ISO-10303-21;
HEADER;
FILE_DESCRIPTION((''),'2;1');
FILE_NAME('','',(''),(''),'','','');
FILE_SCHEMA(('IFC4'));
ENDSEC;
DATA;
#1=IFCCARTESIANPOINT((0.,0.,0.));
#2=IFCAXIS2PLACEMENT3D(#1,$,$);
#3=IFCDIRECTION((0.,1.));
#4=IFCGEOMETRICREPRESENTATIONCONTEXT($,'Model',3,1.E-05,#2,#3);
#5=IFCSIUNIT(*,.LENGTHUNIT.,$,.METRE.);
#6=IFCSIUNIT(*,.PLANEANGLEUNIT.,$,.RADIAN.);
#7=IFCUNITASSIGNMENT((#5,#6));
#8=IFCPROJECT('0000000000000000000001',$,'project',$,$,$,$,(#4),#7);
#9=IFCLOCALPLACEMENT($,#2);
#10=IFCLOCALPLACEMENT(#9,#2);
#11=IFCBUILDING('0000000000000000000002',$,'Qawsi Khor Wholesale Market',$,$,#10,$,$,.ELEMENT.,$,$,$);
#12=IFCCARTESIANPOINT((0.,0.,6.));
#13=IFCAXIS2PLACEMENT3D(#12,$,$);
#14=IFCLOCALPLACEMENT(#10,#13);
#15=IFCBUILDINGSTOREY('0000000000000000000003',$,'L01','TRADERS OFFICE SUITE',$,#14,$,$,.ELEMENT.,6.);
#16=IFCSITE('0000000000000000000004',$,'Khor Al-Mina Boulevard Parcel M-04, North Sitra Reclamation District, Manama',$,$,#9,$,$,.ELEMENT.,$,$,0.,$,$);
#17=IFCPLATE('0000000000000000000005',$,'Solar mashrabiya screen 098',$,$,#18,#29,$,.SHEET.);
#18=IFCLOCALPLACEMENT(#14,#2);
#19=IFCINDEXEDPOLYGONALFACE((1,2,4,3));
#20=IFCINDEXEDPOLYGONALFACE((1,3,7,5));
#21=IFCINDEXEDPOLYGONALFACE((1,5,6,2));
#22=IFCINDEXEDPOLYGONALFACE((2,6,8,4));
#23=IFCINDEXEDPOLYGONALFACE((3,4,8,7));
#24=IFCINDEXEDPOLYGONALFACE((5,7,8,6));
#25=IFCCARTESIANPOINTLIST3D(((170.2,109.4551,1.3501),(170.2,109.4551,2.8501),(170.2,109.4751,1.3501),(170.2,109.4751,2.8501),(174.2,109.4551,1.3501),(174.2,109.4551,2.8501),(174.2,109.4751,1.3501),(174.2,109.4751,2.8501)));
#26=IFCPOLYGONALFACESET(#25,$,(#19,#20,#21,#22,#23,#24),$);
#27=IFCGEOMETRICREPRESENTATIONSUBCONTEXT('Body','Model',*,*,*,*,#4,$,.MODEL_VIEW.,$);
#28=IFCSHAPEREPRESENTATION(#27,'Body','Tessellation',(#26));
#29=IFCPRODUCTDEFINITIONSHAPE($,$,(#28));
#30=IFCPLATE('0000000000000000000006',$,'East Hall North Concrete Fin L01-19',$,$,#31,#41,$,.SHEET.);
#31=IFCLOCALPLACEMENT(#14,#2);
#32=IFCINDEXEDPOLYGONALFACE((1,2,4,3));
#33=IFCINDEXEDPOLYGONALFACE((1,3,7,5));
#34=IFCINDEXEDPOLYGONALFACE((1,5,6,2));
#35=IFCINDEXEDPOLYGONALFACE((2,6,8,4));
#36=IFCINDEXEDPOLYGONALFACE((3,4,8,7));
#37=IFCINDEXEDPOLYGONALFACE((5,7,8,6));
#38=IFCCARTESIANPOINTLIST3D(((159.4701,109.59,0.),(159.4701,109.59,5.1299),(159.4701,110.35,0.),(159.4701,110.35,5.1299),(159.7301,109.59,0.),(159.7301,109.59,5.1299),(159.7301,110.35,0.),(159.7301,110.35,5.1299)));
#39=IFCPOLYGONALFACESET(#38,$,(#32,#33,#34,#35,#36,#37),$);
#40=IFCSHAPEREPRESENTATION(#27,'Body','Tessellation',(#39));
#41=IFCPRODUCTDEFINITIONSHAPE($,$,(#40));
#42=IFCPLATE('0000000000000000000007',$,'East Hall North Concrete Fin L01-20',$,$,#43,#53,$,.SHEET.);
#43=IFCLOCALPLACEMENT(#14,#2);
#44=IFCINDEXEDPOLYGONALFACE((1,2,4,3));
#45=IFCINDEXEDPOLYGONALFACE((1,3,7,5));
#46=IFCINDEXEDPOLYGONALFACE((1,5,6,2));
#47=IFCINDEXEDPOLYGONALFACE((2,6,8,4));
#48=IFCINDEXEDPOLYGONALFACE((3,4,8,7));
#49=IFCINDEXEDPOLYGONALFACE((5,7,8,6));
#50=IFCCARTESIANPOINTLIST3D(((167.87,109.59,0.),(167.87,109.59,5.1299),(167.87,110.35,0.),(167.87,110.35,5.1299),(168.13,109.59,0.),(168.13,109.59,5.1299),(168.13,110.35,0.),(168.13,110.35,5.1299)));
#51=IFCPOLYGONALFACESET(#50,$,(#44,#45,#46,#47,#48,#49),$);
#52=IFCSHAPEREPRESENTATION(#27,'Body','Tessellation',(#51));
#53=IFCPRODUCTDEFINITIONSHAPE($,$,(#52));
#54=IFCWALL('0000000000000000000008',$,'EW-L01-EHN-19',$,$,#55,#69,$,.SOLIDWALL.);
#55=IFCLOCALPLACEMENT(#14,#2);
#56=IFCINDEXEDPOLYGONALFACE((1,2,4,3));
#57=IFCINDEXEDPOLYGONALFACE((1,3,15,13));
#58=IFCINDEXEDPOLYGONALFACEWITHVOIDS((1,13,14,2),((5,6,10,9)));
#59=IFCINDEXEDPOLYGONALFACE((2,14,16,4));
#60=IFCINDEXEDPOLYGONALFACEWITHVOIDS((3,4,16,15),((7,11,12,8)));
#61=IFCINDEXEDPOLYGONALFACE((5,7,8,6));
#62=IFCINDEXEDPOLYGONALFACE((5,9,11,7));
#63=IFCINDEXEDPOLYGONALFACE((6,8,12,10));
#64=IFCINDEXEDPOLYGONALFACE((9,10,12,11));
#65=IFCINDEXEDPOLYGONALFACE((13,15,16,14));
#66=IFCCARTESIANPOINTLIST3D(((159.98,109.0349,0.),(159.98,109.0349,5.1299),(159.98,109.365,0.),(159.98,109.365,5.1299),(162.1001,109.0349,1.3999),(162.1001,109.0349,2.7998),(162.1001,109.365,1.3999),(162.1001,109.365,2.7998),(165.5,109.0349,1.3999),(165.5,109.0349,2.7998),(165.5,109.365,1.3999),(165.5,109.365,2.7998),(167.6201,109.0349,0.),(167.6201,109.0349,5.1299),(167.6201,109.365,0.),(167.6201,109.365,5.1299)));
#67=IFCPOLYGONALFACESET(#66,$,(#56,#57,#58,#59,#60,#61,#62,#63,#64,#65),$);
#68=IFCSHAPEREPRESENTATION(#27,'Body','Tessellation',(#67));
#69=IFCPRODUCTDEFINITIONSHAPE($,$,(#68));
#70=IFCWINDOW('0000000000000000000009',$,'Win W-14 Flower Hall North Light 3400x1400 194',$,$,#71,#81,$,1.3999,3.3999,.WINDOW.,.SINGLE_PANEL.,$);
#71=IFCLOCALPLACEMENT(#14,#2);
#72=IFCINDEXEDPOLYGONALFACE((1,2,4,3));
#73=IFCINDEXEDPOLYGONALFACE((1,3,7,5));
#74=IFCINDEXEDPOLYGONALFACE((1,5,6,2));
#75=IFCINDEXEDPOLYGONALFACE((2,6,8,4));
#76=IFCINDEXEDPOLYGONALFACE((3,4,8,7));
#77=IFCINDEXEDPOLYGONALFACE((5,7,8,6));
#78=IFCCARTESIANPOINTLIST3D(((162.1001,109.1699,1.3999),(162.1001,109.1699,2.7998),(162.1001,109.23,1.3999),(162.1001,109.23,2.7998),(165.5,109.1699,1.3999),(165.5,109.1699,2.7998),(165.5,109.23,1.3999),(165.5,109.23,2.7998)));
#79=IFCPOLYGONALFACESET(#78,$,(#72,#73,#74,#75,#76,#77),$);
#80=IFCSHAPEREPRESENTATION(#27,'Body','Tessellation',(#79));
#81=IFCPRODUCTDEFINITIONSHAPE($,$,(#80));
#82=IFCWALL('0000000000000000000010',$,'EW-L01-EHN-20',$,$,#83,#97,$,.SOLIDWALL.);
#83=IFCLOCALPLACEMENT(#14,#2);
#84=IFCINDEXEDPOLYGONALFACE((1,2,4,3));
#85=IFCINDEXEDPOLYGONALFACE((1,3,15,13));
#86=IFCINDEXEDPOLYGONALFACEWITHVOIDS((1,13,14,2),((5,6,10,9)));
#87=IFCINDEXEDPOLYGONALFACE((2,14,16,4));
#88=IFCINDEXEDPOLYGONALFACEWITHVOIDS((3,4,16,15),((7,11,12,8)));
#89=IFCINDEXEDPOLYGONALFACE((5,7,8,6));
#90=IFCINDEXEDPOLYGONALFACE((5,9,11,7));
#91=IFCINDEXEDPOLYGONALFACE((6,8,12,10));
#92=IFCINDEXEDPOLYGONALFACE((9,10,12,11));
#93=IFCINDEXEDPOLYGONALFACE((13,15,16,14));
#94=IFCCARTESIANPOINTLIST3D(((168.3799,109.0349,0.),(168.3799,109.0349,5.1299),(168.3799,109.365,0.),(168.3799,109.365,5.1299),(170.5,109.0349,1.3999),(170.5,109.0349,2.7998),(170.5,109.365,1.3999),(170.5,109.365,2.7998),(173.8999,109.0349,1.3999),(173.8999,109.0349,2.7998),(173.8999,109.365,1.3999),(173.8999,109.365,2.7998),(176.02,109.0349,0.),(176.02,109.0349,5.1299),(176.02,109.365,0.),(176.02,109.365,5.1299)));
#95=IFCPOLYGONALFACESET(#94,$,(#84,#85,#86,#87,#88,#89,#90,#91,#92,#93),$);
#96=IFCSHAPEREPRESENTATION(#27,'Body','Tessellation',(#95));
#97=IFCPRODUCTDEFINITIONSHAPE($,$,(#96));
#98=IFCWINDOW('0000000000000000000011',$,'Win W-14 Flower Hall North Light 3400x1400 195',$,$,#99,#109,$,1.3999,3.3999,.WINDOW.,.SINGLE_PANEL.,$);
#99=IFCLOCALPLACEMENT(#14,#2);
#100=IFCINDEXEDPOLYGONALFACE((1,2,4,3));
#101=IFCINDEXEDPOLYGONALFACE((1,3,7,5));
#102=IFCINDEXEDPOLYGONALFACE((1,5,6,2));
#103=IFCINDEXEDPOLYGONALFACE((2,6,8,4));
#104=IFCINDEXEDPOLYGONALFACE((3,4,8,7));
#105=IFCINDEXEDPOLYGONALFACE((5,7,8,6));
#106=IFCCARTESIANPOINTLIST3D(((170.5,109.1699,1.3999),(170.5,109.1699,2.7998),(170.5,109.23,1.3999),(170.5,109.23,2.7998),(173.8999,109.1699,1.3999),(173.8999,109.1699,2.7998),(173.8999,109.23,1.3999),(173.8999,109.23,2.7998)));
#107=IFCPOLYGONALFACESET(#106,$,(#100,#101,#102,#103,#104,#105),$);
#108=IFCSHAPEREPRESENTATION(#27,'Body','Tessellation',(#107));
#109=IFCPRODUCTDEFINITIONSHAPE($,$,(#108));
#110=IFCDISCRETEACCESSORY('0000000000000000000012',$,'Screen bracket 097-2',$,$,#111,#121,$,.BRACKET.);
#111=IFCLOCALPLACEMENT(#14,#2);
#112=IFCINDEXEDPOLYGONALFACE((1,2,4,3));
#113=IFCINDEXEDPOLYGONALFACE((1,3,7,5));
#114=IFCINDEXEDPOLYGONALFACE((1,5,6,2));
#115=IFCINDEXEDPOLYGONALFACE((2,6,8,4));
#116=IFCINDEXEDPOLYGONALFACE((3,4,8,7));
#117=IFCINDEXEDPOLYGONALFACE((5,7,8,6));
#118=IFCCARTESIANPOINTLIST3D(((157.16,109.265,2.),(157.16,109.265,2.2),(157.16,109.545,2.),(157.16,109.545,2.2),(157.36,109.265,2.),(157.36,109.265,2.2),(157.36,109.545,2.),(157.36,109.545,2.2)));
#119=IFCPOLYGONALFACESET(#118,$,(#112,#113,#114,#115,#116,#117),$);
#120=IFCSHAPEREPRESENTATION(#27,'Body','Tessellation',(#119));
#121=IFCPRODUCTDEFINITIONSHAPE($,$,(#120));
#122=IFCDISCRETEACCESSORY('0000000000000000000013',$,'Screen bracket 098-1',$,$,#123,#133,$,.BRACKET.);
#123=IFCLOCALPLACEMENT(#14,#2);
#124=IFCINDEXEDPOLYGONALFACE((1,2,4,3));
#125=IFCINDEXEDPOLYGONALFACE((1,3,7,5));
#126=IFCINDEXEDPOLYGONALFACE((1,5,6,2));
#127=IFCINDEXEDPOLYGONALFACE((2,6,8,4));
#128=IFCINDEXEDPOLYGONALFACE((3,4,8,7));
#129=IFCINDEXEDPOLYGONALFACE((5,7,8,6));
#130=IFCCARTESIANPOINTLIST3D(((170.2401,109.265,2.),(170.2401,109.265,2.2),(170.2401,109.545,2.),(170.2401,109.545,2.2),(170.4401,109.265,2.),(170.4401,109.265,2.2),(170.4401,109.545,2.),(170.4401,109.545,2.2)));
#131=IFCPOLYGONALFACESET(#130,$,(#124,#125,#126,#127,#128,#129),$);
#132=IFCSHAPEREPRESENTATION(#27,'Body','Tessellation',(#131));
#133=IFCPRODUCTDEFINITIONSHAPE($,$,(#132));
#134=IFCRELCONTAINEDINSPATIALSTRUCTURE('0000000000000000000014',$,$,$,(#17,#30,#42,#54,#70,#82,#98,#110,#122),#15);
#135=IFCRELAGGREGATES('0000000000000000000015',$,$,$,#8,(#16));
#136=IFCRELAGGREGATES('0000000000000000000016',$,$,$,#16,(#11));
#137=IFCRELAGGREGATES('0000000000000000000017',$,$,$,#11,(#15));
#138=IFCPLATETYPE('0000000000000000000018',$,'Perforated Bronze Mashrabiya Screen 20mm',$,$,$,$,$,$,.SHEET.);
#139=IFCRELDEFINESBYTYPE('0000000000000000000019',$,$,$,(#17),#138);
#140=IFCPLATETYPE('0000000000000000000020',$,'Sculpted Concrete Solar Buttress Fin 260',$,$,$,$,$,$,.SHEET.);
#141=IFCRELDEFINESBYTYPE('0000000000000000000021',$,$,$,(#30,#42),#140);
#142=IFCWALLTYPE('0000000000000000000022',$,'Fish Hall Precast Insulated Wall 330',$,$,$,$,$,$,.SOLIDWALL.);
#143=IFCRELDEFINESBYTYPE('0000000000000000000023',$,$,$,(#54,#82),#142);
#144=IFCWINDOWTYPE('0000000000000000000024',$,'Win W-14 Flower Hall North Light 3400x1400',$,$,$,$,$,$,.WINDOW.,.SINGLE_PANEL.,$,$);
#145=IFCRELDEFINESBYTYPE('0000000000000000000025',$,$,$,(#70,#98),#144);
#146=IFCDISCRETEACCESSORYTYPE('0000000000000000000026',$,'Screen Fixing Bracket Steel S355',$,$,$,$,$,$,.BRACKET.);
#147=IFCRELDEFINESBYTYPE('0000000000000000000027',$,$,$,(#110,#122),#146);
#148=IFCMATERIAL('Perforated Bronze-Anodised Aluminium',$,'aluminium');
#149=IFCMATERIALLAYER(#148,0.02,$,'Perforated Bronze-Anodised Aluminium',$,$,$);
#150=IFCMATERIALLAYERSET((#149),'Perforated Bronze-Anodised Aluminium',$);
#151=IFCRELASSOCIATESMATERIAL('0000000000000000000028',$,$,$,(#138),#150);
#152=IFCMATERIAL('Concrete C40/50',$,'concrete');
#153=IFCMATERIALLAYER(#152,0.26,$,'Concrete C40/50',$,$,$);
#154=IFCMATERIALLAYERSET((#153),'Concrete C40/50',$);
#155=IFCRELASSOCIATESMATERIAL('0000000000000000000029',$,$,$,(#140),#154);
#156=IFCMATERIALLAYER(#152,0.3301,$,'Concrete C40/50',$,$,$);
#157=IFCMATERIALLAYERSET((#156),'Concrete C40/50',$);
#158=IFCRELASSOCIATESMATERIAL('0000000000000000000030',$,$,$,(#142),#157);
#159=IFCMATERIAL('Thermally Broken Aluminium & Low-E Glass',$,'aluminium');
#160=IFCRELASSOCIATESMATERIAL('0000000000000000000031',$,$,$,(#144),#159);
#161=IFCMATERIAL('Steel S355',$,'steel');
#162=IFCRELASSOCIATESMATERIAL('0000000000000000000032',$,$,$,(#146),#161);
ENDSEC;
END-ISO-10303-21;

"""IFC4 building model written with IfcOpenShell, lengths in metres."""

from ifc_helpers import new_model, si_unit, direction, frame, frame_2d, origin, origin_2d, place, context, subcontext, project, spatial, rectangle, extrude, material, layer, layer_set, type_object, element, fill, save


model = new_model("IFC4")

# Units and contexts
model_context = context("Model", 3, precision=1e-05, world=origin(), true_north=direction((0.0, 1.0)))
body_context = subcontext(model_context, "Body", "Model", "MODEL_VIEW")
ifc_project = project(units=[si_unit("LENGTHUNIT", "METRE"), si_unit("PLANEANGLEUNIT", "RADIAN")], contexts=[model_context])

# Site, building, storey
site_placement = place(None, origin())
site = spatial("IfcSite", under=ifc_project, at=site_placement, Name="Khor Al-Mina Boulevard Parcel M-04, North Sitra Reclamation District, Manama", CompositionType="ELEMENT", RefElevation=0.0)
building_placement = place(site_placement, origin())
building = spatial("IfcBuilding", under=site, at=building_placement, Name="Qawsi Khor Wholesale Market", CompositionType="ELEMENT")
storey_placement = place(building_placement, frame((0.0, 0.0, 6.0)))
storey = spatial("IfcBuildingStorey", under=building, at=storey_placement, Name="L01", Description="TRADERS OFFICE SUITE", CompositionType="ELEMENT", Elevation=6.0)

# Shared definitions
ifc_material_1 = material(Name="Concrete C40/50", Category="concrete")

# Shared definitions
ifc_material_2 = material(Name="Steel S355", Category="steel")

# Plates
ifc_material_3 = material(Name="Perforated Bronze-Anodised Aluminium", Category="aluminium")
ifc_layer_1 = layer(ifc_material_3, 0.02, Name="Perforated Bronze-Anodised Aluminium")
ifc_layer_set_1 = layer_set([ifc_layer_1], Name="Perforated Bronze-Anodised Aluminium")
plate_type_1 = type_object("IfcPlateType", Name="Perforated Bronze Mashrabiya Screen 20mm", PredefinedType="SHEET", material=ifc_layer_set_1)
plate_placement = place(storey_placement, frame((170.2, 109.4651, 1.3501), z_axis=(0.0, 0.0, 1.0), x_axis=(1.0, 0.0, 0.0)))
element("IfcPlate", 1, at=plate_placement, inside=storey, type_object=plate_type_1, Name="Solar mashrabiya screen 098", PredefinedType="SHEET", context=body_context, shape_type="SweptSolid", body=[
    extrude(rectangle(XDim=4.0, YDim=0.02, at=frame_2d((2.0, 0.0))), origin(), (0.0, 0.0, 1.0), 1.5),
])
ifc_layer_2 = layer(ifc_material_1, 0.26, Name="Concrete C40/50")
ifc_layer_set_2 = layer_set([ifc_layer_2], Name="Concrete C40/50")
plate_type_2 = type_object("IfcPlateType", Name="Sculpted Concrete Solar Buttress Fin 260", PredefinedType="SHEET", material=ifc_layer_set_2)
for number, where, z_axis, x_axis, name in (
    (2, (159.6001, 109.5901, 0.0), (0.0, 0.0, 1.0), (0.0, 1.0, 0.0), "East Hall North Concrete Fin L01-19"),
    (3, (168.0, 109.5901, 0.0), (0.0, 0.0, 1.0), (0.0, 1.0, 0.0), "East Hall North Concrete Fin L01-20"),
):
    element("IfcPlate", number, at=place(storey_placement, frame(where, z_axis=z_axis, x_axis=x_axis)), inside=storey, type_object=plate_type_2, Name=name, PredefinedType="SHEET", context=body_context, shape_type="SweptSolid", body=[
        extrude(rectangle(XDim=0.76, YDim=0.26, at=frame_2d((0.3799, 0.0))), origin(), (0.0, 0.0, 1.0), 5.1299),
    ])

# Walls, openings, windows
ifc_layer_3 = layer(ifc_material_1, 0.3301, Name="Concrete C40/50")
ifc_layer_set_3 = layer_set([ifc_layer_3], Name="Concrete C40/50")
wall_type = type_object("IfcWallType", Name="Fish Hall Precast Insulated Wall 330", PredefinedType="SOLIDWALL", material=ifc_layer_set_3)
wall_1_placement = place(storey_placement, frame((159.98, 109.2, 0.0), z_axis=(0.0, 0.0, 1.0), x_axis=(1.0, 0.0, 0.0)))
wall_1 = element("IfcWall", 4, at=wall_1_placement, inside=storey, type_object=wall_type, Name="EW-L01-EHN-19", PredefinedType="SOLIDWALL", context=body_context, shape_type="SweptSolid", body=[
    extrude(rectangle(XDim=7.6401, YDim=0.3301, at=frame_2d((3.8201, 0.0))), origin(), (0.0, 0.0, 1.0), 5.1299),
])
opening_1_placement = place(wall_1_placement, frame((2.1201, 0.0, 1.3999)))
opening_1 = element("IfcOpeningElement", 5, at=opening_1_placement, cuts=wall_1, PredefinedType="OPENING", context=body_context, shape_type="SweptSolid", body=[
    extrude(rectangle(XDim=3.3999, YDim=1.3999, at=frame_2d((1.7, 0.7))), frame((0.0, 0.175, 0.0), z_axis=(0.0, -1.0, 0.0), x_axis=(1.0, 0.0, 0.0)), (0.0, 0.0, 1.0), 0.3501),
])
ifc_material_4 = material(Name="Thermally Broken Aluminium & Low-E Glass", Category="aluminium")
window_type = type_object("IfcWindowType", Name="Win W-14 Flower Hall North Light 3400x1400", PartitioningType="SINGLE_PANEL", PredefinedType="WINDOW", material=ifc_material_4)
window_1_placement = place(opening_1_placement, origin())
window_1 = element("IfcWindow", 6, at=window_1_placement, inside=storey, type_object=window_type, Name="Win W-14 Flower Hall North Light 3400x1400 194", OverallHeight=1.3999, OverallWidth=3.3999, PartitioningType="SINGLE_PANEL", PredefinedType="WINDOW", context=body_context, shape_type="SweptSolid", body=[
    extrude(rectangle(XDim=3.3999, YDim=1.3999, at=frame_2d((1.7, 0.7))), frame((0.0, 0.03, 0.0), z_axis=(0.0, -1.0, 0.0), x_axis=(1.0, 0.0, 0.0)), (0.0, 0.0, 1.0), 0.0601),
])
fill(opening_1, window_1)
wall_2_placement = place(storey_placement, frame((168.3799, 109.2, 0.0), z_axis=(0.0, 0.0, 1.0), x_axis=(1.0, 0.0, 0.0)))
wall_2 = element("IfcWall", 7, at=wall_2_placement, inside=storey, type_object=wall_type, Name="EW-L01-EHN-20", PredefinedType="SOLIDWALL", context=body_context, shape_type="SweptSolid", body=[
    extrude(rectangle(XDim=7.6401, YDim=0.3301, at=frame_2d((3.8201, 0.0))), origin(), (0.0, 0.0, 1.0), 5.1299),
])
opening_2_placement = place(wall_2_placement, frame((2.1201, 0.0, 1.3999)))
opening_2 = element("IfcOpeningElement", 8, at=opening_2_placement, cuts=wall_2, PredefinedType="OPENING", context=body_context, shape_type="SweptSolid", body=[
    extrude(rectangle(XDim=3.3999, YDim=1.3999, at=frame_2d((1.7, 0.7))), frame((0.0, 0.175, 0.0), z_axis=(0.0, -1.0, 0.0), x_axis=(1.0, 0.0, 0.0)), (0.0, 0.0, 1.0), 0.3501),
])
window_2_placement = place(opening_2_placement, origin())
window_2 = element("IfcWindow", 9, at=window_2_placement, inside=storey, type_object=window_type, Name="Win W-14 Flower Hall North Light 3400x1400 195", OverallHeight=1.3999, OverallWidth=3.3999, PartitioningType="SINGLE_PANEL", PredefinedType="WINDOW", context=body_context, shape_type="SweptSolid", body=[
    extrude(rectangle(XDim=3.3999, YDim=1.3999, at=frame_2d((1.7, 0.7))), frame((0.0, 0.03, 0.0), z_axis=(0.0, -1.0, 0.0), x_axis=(1.0, 0.0, 0.0)), (0.0, 0.0, 1.0), 0.0601),
])
fill(opening_2, window_2)

# Discrete accessories
discrete_accessory_type = type_object("IfcDiscreteAccessoryType", Name="Screen Fixing Bracket Steel S355", PredefinedType="BRACKET", material=ifc_material_2)
for number, where, z_axis, x_axis, name in (
    (10, (157.26, 109.405, 2.0), (0.0, 0.0, 1.0), (1.0, 0.0, 0.0), "Screen bracket 097-2"),
    (11, (170.3401, 109.405, 2.0), (0.0, 0.0, 1.0), (1.0, 0.0, 0.0), "Screen bracket 098-1"),
):
    element("IfcDiscreteAccessory", number, at=place(storey_placement, frame(where, z_axis=z_axis, x_axis=x_axis)), inside=storey, type_object=discrete_accessory_type, Name=name, PredefinedType="BRACKET", context=body_context, shape_type="SweptSolid", body=[
        extrude(rectangle(XDim=0.2, YDim=0.28, at=origin_2d()), origin(), (0.0, 0.0, 1.0), 0.2),
    ])

save(model, "model.ifc")
